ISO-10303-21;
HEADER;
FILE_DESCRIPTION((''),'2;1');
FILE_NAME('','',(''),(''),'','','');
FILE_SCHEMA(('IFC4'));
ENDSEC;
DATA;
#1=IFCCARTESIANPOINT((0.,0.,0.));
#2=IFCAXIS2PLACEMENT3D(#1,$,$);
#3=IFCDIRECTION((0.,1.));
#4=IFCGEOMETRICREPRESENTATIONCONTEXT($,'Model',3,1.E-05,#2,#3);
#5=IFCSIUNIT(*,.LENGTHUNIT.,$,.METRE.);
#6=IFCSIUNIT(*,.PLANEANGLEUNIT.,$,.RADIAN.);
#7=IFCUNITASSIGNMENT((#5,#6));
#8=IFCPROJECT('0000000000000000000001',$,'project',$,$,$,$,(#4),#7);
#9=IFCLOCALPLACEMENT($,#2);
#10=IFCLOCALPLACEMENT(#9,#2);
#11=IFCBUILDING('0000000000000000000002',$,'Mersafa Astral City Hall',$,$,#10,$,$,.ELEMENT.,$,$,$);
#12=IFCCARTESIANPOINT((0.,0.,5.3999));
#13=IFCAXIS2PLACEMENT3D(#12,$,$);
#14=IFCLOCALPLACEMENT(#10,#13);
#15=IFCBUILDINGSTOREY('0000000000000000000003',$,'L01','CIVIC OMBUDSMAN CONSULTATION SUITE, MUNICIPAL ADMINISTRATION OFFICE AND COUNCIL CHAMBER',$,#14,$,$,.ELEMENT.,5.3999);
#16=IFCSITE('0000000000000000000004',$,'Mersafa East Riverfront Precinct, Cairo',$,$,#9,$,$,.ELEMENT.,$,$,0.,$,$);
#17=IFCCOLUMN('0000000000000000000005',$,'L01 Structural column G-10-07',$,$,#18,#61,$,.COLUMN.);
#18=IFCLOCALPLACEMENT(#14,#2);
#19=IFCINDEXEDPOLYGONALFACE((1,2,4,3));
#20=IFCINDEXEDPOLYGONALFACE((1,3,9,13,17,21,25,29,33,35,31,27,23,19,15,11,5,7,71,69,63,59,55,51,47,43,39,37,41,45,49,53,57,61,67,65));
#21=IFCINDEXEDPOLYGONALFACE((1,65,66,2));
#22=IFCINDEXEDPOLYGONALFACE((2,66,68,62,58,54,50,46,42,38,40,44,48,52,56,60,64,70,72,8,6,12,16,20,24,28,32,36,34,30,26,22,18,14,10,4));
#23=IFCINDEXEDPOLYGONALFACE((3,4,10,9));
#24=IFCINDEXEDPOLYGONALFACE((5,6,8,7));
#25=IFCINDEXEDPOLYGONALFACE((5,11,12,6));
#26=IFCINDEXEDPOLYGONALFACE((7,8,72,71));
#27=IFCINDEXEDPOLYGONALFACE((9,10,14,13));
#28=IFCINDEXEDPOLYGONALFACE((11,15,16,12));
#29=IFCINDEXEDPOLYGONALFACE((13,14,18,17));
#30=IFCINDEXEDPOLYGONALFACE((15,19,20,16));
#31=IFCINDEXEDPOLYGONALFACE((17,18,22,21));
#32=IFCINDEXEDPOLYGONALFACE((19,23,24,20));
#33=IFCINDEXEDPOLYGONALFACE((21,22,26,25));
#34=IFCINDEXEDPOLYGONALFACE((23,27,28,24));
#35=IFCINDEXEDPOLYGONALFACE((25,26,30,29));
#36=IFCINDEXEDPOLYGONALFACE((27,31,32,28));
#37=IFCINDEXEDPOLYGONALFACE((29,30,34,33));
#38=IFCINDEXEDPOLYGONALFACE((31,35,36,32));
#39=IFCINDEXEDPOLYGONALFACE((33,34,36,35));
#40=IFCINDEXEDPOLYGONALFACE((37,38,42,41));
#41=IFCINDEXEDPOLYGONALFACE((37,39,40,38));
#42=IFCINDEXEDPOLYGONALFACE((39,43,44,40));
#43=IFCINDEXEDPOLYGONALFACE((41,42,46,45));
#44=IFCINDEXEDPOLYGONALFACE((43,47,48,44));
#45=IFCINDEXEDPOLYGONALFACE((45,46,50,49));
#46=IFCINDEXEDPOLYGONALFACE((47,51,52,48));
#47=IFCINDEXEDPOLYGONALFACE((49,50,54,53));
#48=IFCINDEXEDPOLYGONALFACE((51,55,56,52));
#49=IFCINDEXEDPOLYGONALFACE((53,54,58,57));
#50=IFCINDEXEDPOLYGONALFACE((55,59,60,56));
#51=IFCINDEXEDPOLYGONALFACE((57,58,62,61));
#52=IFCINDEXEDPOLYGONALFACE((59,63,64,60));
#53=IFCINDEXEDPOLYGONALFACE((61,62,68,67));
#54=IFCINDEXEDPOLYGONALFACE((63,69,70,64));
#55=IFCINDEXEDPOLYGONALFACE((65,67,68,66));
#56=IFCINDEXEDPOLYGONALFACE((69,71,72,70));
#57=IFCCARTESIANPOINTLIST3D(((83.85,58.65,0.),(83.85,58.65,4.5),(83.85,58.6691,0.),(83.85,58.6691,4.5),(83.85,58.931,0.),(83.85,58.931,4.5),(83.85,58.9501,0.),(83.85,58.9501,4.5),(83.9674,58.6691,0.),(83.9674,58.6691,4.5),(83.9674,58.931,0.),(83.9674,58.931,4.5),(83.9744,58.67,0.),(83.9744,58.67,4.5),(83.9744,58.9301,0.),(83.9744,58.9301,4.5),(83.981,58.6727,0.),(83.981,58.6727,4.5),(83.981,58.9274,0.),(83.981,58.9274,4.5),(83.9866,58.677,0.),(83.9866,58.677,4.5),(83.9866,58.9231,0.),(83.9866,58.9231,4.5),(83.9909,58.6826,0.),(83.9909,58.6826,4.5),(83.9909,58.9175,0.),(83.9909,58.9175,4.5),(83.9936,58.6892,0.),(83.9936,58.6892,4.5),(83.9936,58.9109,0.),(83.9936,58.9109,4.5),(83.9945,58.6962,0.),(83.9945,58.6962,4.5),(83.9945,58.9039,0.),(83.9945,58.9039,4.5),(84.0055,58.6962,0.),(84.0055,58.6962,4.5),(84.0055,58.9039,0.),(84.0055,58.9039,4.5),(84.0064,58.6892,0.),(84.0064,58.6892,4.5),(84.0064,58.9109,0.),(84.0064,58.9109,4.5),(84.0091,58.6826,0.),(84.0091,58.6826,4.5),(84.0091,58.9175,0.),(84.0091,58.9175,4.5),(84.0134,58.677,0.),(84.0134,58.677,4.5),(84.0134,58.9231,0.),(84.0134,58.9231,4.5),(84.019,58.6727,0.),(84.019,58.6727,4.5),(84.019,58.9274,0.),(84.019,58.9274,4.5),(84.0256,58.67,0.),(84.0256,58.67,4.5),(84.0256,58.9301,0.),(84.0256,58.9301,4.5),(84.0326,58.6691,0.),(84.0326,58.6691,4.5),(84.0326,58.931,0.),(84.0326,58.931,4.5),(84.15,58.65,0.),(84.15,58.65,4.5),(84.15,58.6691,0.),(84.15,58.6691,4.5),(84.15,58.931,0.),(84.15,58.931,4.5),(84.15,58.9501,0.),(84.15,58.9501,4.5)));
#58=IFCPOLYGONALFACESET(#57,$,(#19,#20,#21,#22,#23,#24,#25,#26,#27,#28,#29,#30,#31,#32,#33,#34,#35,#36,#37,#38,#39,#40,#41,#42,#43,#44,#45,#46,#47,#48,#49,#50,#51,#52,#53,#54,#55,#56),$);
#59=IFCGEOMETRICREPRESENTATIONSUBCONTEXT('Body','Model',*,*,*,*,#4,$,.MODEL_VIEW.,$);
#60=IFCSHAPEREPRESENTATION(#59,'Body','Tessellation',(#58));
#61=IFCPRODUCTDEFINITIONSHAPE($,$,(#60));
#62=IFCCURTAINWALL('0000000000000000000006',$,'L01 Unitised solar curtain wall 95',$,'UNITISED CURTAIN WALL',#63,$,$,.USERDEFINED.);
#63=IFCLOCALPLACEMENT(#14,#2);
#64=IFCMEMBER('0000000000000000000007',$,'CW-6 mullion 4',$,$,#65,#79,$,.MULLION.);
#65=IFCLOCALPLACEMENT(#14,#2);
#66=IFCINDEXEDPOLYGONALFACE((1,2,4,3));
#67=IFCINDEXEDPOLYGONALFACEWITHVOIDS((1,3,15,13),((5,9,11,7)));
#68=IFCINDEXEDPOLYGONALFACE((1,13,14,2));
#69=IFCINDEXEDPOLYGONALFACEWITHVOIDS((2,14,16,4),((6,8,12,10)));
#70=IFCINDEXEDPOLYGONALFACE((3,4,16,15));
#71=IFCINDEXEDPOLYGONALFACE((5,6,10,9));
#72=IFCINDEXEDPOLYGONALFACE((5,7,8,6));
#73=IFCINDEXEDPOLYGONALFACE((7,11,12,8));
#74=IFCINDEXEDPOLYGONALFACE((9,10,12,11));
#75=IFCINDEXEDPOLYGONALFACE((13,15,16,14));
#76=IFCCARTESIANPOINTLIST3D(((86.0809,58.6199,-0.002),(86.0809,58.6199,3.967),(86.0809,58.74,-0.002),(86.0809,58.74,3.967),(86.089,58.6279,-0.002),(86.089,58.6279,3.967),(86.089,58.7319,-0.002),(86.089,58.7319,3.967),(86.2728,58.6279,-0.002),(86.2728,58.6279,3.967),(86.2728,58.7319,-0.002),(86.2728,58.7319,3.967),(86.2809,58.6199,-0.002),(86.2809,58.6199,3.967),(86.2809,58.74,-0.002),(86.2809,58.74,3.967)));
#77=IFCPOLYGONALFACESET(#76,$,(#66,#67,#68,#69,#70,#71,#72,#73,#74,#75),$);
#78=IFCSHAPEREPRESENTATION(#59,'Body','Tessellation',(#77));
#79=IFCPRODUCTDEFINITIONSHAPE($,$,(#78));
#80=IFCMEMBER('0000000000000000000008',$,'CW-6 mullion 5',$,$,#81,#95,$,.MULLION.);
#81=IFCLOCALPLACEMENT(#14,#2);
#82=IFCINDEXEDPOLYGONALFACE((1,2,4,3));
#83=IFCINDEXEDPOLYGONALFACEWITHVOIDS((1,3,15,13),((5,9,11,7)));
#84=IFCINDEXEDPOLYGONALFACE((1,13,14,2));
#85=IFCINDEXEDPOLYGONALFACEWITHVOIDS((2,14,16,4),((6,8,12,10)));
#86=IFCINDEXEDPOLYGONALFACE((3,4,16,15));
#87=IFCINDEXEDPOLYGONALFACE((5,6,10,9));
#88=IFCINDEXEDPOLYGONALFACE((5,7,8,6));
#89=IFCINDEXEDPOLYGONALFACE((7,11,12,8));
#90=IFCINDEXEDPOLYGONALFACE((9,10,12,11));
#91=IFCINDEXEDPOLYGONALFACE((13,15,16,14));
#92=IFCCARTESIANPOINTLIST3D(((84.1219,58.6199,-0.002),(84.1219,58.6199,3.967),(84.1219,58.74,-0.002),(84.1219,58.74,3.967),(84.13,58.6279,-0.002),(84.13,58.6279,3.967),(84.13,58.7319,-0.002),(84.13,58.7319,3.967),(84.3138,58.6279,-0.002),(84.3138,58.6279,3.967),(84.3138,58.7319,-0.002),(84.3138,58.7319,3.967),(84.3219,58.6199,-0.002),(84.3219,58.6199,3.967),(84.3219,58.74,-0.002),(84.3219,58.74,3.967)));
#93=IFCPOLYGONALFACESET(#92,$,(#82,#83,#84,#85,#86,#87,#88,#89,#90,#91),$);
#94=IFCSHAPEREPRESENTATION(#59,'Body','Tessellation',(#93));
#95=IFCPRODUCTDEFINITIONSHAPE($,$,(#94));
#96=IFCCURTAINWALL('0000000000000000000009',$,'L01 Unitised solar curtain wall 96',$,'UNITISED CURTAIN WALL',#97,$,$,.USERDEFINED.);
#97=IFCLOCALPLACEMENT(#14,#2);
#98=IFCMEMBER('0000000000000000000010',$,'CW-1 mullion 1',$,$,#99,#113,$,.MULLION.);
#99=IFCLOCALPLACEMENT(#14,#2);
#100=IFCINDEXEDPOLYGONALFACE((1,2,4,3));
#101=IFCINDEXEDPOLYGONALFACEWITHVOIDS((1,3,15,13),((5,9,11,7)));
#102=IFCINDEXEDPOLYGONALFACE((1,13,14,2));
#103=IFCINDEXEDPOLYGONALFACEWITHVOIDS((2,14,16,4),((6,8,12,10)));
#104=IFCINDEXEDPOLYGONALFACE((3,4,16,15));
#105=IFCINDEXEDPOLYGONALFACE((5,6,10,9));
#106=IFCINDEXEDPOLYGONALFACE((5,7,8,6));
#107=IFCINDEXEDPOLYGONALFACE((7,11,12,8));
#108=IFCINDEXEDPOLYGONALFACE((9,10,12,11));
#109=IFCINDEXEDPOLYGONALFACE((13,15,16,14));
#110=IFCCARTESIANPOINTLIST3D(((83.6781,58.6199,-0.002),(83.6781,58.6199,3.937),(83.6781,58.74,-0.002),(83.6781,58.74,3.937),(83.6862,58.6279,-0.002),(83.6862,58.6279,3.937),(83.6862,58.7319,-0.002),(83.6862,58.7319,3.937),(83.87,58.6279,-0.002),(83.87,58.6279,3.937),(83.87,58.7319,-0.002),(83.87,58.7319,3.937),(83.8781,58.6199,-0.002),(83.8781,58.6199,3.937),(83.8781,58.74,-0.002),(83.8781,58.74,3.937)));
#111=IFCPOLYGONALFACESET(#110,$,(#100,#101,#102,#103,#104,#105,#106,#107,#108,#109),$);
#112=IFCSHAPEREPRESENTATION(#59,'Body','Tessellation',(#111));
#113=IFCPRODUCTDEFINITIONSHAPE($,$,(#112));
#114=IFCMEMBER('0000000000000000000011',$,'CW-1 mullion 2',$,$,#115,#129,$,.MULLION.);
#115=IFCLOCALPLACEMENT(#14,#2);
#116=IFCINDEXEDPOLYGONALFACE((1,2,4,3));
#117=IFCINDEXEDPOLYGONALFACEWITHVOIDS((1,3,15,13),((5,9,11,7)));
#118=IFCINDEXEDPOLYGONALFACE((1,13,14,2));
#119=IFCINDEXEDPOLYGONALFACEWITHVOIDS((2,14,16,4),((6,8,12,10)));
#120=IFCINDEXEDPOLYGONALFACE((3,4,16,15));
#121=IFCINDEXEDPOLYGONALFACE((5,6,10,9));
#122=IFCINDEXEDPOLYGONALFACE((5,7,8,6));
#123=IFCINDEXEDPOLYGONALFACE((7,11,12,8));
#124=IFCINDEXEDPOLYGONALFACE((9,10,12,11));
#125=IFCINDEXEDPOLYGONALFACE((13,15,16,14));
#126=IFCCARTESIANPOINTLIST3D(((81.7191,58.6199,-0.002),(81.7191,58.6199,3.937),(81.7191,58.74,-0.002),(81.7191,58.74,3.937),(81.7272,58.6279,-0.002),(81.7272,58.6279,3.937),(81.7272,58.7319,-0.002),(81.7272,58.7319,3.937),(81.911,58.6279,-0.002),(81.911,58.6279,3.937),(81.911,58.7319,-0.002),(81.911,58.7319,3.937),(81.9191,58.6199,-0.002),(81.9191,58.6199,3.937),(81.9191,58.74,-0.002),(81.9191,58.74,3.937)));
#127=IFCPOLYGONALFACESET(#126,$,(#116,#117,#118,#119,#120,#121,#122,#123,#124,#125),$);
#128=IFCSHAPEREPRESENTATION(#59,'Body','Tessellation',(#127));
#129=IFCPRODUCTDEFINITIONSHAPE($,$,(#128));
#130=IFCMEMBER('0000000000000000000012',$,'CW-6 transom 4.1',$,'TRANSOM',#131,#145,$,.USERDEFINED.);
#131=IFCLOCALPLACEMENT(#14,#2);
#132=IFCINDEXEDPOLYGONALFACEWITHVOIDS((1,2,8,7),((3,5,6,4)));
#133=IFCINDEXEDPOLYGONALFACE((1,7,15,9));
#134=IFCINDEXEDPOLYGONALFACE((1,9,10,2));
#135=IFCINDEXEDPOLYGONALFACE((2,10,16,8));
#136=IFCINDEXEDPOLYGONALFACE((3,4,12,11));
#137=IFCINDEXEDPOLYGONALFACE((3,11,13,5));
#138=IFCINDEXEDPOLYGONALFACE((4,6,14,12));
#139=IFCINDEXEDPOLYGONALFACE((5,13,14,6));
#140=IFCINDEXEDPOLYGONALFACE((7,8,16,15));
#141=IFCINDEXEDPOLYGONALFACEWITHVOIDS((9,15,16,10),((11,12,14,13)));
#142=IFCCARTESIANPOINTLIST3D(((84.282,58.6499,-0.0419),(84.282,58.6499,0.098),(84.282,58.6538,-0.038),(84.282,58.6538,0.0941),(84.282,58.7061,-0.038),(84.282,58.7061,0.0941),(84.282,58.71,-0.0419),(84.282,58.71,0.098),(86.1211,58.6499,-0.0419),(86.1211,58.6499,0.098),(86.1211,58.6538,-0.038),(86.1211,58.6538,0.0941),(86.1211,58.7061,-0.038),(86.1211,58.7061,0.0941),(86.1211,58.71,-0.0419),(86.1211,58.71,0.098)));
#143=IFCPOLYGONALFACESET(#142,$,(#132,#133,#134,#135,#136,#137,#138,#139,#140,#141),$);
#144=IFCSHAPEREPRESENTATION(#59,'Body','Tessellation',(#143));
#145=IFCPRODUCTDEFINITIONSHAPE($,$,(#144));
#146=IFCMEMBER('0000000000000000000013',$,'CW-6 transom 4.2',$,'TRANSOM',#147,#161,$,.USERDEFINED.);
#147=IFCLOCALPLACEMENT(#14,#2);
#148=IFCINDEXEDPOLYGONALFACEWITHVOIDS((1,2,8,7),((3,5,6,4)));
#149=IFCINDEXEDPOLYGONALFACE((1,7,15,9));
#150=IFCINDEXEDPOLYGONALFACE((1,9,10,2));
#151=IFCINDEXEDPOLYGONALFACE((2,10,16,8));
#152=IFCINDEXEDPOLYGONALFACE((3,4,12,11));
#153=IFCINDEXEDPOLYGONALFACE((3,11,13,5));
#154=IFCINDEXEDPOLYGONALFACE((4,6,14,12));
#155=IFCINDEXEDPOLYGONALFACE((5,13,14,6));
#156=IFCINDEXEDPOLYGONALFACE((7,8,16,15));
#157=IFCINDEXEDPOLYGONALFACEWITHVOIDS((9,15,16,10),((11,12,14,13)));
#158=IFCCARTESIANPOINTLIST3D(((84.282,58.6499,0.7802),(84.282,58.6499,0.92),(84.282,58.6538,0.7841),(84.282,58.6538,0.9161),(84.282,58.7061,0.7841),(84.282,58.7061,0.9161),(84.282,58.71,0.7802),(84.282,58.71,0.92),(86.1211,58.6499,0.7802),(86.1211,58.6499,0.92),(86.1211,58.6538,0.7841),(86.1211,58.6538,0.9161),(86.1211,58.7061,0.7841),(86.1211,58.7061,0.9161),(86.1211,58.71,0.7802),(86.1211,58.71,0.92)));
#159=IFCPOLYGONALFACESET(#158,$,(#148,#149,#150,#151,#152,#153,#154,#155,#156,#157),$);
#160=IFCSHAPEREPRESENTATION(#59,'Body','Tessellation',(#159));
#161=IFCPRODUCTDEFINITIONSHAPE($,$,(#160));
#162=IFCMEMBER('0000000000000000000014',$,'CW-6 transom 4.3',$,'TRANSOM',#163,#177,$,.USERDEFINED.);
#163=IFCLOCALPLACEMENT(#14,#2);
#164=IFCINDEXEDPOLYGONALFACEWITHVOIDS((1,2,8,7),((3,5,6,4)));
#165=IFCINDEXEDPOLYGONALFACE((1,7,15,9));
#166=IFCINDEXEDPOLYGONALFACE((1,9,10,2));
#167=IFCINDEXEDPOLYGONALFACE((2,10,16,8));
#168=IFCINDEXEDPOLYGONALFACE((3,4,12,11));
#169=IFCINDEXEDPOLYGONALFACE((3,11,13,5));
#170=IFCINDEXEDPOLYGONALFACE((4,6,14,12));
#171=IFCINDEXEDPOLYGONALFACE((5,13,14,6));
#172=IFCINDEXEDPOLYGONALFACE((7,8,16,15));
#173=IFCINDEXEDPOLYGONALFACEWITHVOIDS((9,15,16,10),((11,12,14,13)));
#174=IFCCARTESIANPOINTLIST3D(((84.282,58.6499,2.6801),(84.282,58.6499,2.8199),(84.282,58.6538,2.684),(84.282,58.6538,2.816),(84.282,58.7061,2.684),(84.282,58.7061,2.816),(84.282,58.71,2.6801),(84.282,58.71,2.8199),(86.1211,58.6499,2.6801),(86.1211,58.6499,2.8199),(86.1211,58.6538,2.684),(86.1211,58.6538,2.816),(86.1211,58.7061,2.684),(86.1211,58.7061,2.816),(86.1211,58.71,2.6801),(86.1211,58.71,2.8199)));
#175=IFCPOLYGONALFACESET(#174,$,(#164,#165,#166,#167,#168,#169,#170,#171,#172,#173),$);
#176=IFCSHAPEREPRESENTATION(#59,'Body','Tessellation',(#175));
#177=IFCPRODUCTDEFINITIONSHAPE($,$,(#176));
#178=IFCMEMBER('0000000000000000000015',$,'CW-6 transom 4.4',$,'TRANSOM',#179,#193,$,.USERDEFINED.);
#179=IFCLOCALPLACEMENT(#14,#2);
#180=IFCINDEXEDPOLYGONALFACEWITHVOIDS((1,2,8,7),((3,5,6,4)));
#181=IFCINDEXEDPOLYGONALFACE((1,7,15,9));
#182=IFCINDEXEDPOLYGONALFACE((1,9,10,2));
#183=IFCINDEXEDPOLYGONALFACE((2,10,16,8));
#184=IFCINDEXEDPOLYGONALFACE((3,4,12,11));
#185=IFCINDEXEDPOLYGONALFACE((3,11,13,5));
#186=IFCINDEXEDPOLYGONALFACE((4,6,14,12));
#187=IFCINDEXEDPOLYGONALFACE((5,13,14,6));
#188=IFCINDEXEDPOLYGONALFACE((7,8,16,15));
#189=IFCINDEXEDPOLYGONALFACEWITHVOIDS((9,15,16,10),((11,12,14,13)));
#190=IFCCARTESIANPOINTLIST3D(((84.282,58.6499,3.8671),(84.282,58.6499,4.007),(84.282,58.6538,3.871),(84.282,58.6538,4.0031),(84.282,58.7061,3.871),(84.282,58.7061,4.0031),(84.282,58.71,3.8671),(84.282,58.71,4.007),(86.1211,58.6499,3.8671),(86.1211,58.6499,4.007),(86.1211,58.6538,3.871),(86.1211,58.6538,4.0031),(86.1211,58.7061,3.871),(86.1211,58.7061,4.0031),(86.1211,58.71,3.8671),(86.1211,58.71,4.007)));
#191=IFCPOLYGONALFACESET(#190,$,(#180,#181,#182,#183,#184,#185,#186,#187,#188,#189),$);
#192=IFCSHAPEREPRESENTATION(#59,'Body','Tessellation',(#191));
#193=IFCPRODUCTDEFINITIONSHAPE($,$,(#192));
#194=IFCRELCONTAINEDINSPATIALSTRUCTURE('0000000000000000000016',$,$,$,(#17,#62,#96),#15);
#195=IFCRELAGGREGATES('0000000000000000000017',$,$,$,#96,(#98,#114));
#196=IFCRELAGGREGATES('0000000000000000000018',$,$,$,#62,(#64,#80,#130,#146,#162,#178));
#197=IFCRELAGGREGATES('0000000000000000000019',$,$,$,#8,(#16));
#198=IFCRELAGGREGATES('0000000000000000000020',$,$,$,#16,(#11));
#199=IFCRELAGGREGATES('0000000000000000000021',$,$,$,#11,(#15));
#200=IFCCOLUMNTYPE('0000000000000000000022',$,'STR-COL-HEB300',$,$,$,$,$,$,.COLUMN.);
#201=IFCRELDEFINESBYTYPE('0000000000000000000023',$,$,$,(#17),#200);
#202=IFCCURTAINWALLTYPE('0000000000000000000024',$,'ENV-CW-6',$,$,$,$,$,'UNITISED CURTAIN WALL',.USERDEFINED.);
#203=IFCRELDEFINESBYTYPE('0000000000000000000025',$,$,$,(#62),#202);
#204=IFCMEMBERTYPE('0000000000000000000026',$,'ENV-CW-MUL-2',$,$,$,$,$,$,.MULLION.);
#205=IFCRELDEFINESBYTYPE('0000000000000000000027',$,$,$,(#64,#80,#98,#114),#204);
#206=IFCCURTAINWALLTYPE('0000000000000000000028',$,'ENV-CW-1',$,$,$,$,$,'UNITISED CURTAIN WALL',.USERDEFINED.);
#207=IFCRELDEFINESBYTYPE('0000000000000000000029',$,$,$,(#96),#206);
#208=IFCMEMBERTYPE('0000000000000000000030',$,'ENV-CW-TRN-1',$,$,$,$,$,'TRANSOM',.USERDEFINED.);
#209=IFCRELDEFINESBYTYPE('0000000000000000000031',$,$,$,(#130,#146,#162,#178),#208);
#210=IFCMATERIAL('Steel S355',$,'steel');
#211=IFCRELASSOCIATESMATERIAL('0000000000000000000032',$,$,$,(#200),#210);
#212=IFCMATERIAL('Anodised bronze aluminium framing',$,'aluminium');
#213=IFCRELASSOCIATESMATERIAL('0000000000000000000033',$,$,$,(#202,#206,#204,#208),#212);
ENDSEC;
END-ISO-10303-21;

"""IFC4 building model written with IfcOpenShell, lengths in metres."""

from ifc_helpers import new_model, si_unit, direction, frame, origin, origin_2d, place, context, subcontext, project, spatial, hollow_rectangle, i_section, extrude, material, material_profile, profile_set, type_object, element, aggregate, save


model = new_model("IFC4")

# Units and contexts
model_context = context("Model", 3, precision=1e-05, world=origin(), true_north=direction((0.0, 1.0)))
body_context = subcontext(model_context, "Body", "Model", "MODEL_VIEW")
ifc_project = project(units=[si_unit("LENGTHUNIT", "METRE"), si_unit("PLANEANGLEUNIT", "RADIAN")], contexts=[model_context])

# Site, building, storey
site_placement = place(None, origin())
site = spatial("IfcSite", under=ifc_project, at=site_placement, Name="Mersafa East Riverfront Precinct, Cairo", CompositionType="ELEMENT", RefElevation=0.0)
building_placement = place(site_placement, origin())
building = spatial("IfcBuilding", under=site, at=building_placement, Name="Mersafa Astral City Hall", CompositionType="ELEMENT")
storey_placement = place(building_placement, frame((0.0, 0.0, 5.3999)))
storey = spatial("IfcBuildingStorey", under=building, at=storey_placement, Name="L01", Description="CIVIC OMBUDSMAN CONSULTATION SUITE, MUNICIPAL ADMINISTRATION OFFICE AND COUNCIL CHAMBER", CompositionType="ELEMENT", Elevation=5.3999)

# Column
ifc_material_1 = material(Name="Steel S355", Category="steel")
ifc_material_profile_1 = material_profile(ifc_material_1, i_section(OverallWidth=0.3, OverallDepth=0.3, WebThickness=0.011, FlangeThickness=0.019, FilletRadius=0.0271, at=origin_2d()), Name="HEB 300")
ifc_profile_set_1 = profile_set([ifc_material_profile_1], Name="Steel S355")
column_type = type_object("IfcColumnType", Name="STR-COL-HEB300", PredefinedType="COLUMN", material=ifc_profile_set_1)
column_placement = place(storey_placement, frame((84.0, 58.8, 0.0), z_axis=(0.0, 0.0, 1.0), x_axis=(1.0, 0.0, 0.0)))
element("IfcColumn", 1, at=column_placement, inside=storey, type_object=column_type, Name="L01 Structural column G-10-07", PredefinedType="COLUMN", context=body_context, shape_type="SweptSolid", body=[
    extrude(i_section(OverallWidth=0.3, OverallDepth=0.3, WebThickness=0.011, FlangeThickness=0.019, FilletRadius=0.0271, at=origin_2d()), origin(), (0.0, 0.0, 1.0), 4.5),
])

# Curtain walls, members
ifc_material_2 = material(Name="Anodised bronze aluminium framing", Category="aluminium")
curtain_wall_type_1 = type_object("IfcCurtainWallType", Name="ENV-CW-6", ElementType="UNITISED CURTAIN WALL", PredefinedType="USERDEFINED", material=ifc_material_2)
curtain_wall_1_placement = place(storey_placement, origin())
curtain_wall_1 = element("IfcCurtainWall", 2, at=curtain_wall_1_placement, inside=storey, type_object=curtain_wall_type_1, Name="L01 Unitised solar curtain wall 95", ObjectType="UNITISED CURTAIN WALL", PredefinedType="USERDEFINED")
ifc_material_profile_2 = material_profile(ifc_material_2, hollow_rectangle(XDim=0.1201, YDim=0.2, WallThickness=0.0081, at=origin_2d()), Name="RHS 120x200x8")
ifc_profile_set_2 = profile_set([ifc_material_profile_2], Name="Anodised bronze aluminium framing")
member_type_1 = type_object("IfcMemberType", Name="ENV-CW-MUL-2", PredefinedType="MULLION", material=ifc_profile_set_2)
member_1_placement = place(storey_placement, frame((86.1809, 58.6799, -0.002), z_axis=(0.0, 0.0, 1.0), x_axis=(0.0, -1.0, 0.0)))
member_1 = element("IfcMember", 3, at=member_1_placement, type_object=member_type_1, Name="CW-6 mullion 4", PredefinedType="MULLION", context=body_context, shape_type="SweptSolid", body=[
    extrude(hollow_rectangle(XDim=0.1201, YDim=0.2, WallThickness=0.0081, at=origin_2d()), origin(), (0.0, 0.0, 1.0), 3.969),
])
member_2_placement = place(storey_placement, frame((84.2219, 58.6799, -0.002), z_axis=(0.0, 0.0, 1.0), x_axis=(0.0, -1.0, 0.0)))
member_2 = element("IfcMember", 4, at=member_2_placement, type_object=member_type_1, Name="CW-6 mullion 5", PredefinedType="MULLION", context=body_context, shape_type="SweptSolid", body=[
    extrude(hollow_rectangle(XDim=0.1201, YDim=0.2, WallThickness=0.0081, at=origin_2d()), origin(), (0.0, 0.0, 1.0), 3.969),
])
curtain_wall_type_2 = type_object("IfcCurtainWallType", Name="ENV-CW-1", ElementType="UNITISED CURTAIN WALL", PredefinedType="USERDEFINED", material=ifc_material_2)
curtain_wall_2_placement = place(storey_placement, origin())
curtain_wall_2 = element("IfcCurtainWall", 5, at=curtain_wall_2_placement, inside=storey, type_object=curtain_wall_type_2, Name="L01 Unitised solar curtain wall 96", ObjectType="UNITISED CURTAIN WALL", PredefinedType="USERDEFINED")
member_3_placement = place(storey_placement, frame((83.7781, 58.6799, -0.002), z_axis=(0.0, 0.0, 1.0), x_axis=(0.0, -1.0, 0.0)))
member_3 = element("IfcMember", 6, at=member_3_placement, type_object=member_type_1, Name="CW-1 mullion 1", PredefinedType="MULLION", context=body_context, shape_type="SweptSolid", body=[
    extrude(hollow_rectangle(XDim=0.1201, YDim=0.2, WallThickness=0.0081, at=origin_2d()), origin(), (0.0, 0.0, 1.0), 3.939),
])
member_4_placement = place(storey_placement, frame((81.8191, 58.6799, -0.002), z_axis=(0.0, 0.0, 1.0), x_axis=(0.0, -1.0, 0.0)))
member_4 = element("IfcMember", 7, at=member_4_placement, type_object=member_type_1, Name="CW-1 mullion 2", PredefinedType="MULLION", context=body_context, shape_type="SweptSolid", body=[
    extrude(hollow_rectangle(XDim=0.1201, YDim=0.2, WallThickness=0.0081, at=origin_2d()), origin(), (0.0, 0.0, 1.0), 3.939),
])

# Members
ifc_material_profile_3 = material_profile(ifc_material_2, hollow_rectangle(XDim=0.0601, YDim=0.1399, WallThickness=0.0039, at=origin_2d()), Name="RHS 60x140x4")
ifc_profile_set_3 = profile_set([ifc_material_profile_3], Name="Anodised bronze aluminium framing")
member_type_2 = type_object("IfcMemberType", Name="ENV-CW-TRN-1", ElementType="TRANSOM", PredefinedType="USERDEFINED", material=ifc_profile_set_3)
member_5_placement = place(storey_placement, frame((86.1211, 58.6799, 0.0281), z_axis=(-1.0, 0.0, 0.0), x_axis=(0.0, -1.0, 0.0)))
member_5 = element("IfcMember", 8, at=member_5_placement, type_object=member_type_2, Name="CW-6 transom 4.1", ObjectType="TRANSOM", PredefinedType="USERDEFINED", context=body_context, shape_type="SweptSolid", body=[
    extrude(hollow_rectangle(XDim=0.0601, YDim=0.1399, WallThickness=0.0039, at=origin_2d()), origin(), (0.0, 0.0, 1.0), 1.8391),
])
member_6_placement = place(storey_placement, frame((86.1211, 58.6799, 0.8501), z_axis=(-1.0, 0.0, 0.0), x_axis=(0.0, -1.0, 0.0)))
member_6 = element("IfcMember", 9, at=member_6_placement, type_object=member_type_2, Name="CW-6 transom 4.2", ObjectType="TRANSOM", PredefinedType="USERDEFINED", context=body_context, shape_type="SweptSolid", body=[
    extrude(hollow_rectangle(XDim=0.0601, YDim=0.1399, WallThickness=0.0039, at=origin_2d()), origin(), (0.0, 0.0, 1.0), 1.8391),
])
member_7_placement = place(storey_placement, frame((86.1211, 58.6799, 2.75), z_axis=(-1.0, 0.0, 0.0), x_axis=(0.0, -1.0, 0.0)))
member_7 = element("IfcMember", 10, at=member_7_placement, type_object=member_type_2, Name="CW-6 transom 4.3", ObjectType="TRANSOM", PredefinedType="USERDEFINED", context=body_context, shape_type="SweptSolid", body=[
    extrude(hollow_rectangle(XDim=0.0601, YDim=0.1399, WallThickness=0.0039, at=origin_2d()), origin(), (0.0, 0.0, 1.0), 1.8391),
])
member_8_placement = place(storey_placement, frame((86.1211, 58.6799, 3.937), z_axis=(-1.0, 0.0, 0.0), x_axis=(0.0, -1.0, 0.0)))
member_8 = element("IfcMember", 11, at=member_8_placement, type_object=member_type_2, Name="CW-6 transom 4.4", ObjectType="TRANSOM", PredefinedType="USERDEFINED", context=body_context, shape_type="SweptSolid", body=[
    extrude(hollow_rectangle(XDim=0.0601, YDim=0.1399, WallThickness=0.0039, at=origin_2d()), origin(), (0.0, 0.0, 1.0), 1.8391),
])

aggregate(curtain_wall_2, [member_3, member_4])
aggregate(curtain_wall_1, [member_1, member_2, member_5, member_6, member_7, member_8])

save(model, "model.ifc")
